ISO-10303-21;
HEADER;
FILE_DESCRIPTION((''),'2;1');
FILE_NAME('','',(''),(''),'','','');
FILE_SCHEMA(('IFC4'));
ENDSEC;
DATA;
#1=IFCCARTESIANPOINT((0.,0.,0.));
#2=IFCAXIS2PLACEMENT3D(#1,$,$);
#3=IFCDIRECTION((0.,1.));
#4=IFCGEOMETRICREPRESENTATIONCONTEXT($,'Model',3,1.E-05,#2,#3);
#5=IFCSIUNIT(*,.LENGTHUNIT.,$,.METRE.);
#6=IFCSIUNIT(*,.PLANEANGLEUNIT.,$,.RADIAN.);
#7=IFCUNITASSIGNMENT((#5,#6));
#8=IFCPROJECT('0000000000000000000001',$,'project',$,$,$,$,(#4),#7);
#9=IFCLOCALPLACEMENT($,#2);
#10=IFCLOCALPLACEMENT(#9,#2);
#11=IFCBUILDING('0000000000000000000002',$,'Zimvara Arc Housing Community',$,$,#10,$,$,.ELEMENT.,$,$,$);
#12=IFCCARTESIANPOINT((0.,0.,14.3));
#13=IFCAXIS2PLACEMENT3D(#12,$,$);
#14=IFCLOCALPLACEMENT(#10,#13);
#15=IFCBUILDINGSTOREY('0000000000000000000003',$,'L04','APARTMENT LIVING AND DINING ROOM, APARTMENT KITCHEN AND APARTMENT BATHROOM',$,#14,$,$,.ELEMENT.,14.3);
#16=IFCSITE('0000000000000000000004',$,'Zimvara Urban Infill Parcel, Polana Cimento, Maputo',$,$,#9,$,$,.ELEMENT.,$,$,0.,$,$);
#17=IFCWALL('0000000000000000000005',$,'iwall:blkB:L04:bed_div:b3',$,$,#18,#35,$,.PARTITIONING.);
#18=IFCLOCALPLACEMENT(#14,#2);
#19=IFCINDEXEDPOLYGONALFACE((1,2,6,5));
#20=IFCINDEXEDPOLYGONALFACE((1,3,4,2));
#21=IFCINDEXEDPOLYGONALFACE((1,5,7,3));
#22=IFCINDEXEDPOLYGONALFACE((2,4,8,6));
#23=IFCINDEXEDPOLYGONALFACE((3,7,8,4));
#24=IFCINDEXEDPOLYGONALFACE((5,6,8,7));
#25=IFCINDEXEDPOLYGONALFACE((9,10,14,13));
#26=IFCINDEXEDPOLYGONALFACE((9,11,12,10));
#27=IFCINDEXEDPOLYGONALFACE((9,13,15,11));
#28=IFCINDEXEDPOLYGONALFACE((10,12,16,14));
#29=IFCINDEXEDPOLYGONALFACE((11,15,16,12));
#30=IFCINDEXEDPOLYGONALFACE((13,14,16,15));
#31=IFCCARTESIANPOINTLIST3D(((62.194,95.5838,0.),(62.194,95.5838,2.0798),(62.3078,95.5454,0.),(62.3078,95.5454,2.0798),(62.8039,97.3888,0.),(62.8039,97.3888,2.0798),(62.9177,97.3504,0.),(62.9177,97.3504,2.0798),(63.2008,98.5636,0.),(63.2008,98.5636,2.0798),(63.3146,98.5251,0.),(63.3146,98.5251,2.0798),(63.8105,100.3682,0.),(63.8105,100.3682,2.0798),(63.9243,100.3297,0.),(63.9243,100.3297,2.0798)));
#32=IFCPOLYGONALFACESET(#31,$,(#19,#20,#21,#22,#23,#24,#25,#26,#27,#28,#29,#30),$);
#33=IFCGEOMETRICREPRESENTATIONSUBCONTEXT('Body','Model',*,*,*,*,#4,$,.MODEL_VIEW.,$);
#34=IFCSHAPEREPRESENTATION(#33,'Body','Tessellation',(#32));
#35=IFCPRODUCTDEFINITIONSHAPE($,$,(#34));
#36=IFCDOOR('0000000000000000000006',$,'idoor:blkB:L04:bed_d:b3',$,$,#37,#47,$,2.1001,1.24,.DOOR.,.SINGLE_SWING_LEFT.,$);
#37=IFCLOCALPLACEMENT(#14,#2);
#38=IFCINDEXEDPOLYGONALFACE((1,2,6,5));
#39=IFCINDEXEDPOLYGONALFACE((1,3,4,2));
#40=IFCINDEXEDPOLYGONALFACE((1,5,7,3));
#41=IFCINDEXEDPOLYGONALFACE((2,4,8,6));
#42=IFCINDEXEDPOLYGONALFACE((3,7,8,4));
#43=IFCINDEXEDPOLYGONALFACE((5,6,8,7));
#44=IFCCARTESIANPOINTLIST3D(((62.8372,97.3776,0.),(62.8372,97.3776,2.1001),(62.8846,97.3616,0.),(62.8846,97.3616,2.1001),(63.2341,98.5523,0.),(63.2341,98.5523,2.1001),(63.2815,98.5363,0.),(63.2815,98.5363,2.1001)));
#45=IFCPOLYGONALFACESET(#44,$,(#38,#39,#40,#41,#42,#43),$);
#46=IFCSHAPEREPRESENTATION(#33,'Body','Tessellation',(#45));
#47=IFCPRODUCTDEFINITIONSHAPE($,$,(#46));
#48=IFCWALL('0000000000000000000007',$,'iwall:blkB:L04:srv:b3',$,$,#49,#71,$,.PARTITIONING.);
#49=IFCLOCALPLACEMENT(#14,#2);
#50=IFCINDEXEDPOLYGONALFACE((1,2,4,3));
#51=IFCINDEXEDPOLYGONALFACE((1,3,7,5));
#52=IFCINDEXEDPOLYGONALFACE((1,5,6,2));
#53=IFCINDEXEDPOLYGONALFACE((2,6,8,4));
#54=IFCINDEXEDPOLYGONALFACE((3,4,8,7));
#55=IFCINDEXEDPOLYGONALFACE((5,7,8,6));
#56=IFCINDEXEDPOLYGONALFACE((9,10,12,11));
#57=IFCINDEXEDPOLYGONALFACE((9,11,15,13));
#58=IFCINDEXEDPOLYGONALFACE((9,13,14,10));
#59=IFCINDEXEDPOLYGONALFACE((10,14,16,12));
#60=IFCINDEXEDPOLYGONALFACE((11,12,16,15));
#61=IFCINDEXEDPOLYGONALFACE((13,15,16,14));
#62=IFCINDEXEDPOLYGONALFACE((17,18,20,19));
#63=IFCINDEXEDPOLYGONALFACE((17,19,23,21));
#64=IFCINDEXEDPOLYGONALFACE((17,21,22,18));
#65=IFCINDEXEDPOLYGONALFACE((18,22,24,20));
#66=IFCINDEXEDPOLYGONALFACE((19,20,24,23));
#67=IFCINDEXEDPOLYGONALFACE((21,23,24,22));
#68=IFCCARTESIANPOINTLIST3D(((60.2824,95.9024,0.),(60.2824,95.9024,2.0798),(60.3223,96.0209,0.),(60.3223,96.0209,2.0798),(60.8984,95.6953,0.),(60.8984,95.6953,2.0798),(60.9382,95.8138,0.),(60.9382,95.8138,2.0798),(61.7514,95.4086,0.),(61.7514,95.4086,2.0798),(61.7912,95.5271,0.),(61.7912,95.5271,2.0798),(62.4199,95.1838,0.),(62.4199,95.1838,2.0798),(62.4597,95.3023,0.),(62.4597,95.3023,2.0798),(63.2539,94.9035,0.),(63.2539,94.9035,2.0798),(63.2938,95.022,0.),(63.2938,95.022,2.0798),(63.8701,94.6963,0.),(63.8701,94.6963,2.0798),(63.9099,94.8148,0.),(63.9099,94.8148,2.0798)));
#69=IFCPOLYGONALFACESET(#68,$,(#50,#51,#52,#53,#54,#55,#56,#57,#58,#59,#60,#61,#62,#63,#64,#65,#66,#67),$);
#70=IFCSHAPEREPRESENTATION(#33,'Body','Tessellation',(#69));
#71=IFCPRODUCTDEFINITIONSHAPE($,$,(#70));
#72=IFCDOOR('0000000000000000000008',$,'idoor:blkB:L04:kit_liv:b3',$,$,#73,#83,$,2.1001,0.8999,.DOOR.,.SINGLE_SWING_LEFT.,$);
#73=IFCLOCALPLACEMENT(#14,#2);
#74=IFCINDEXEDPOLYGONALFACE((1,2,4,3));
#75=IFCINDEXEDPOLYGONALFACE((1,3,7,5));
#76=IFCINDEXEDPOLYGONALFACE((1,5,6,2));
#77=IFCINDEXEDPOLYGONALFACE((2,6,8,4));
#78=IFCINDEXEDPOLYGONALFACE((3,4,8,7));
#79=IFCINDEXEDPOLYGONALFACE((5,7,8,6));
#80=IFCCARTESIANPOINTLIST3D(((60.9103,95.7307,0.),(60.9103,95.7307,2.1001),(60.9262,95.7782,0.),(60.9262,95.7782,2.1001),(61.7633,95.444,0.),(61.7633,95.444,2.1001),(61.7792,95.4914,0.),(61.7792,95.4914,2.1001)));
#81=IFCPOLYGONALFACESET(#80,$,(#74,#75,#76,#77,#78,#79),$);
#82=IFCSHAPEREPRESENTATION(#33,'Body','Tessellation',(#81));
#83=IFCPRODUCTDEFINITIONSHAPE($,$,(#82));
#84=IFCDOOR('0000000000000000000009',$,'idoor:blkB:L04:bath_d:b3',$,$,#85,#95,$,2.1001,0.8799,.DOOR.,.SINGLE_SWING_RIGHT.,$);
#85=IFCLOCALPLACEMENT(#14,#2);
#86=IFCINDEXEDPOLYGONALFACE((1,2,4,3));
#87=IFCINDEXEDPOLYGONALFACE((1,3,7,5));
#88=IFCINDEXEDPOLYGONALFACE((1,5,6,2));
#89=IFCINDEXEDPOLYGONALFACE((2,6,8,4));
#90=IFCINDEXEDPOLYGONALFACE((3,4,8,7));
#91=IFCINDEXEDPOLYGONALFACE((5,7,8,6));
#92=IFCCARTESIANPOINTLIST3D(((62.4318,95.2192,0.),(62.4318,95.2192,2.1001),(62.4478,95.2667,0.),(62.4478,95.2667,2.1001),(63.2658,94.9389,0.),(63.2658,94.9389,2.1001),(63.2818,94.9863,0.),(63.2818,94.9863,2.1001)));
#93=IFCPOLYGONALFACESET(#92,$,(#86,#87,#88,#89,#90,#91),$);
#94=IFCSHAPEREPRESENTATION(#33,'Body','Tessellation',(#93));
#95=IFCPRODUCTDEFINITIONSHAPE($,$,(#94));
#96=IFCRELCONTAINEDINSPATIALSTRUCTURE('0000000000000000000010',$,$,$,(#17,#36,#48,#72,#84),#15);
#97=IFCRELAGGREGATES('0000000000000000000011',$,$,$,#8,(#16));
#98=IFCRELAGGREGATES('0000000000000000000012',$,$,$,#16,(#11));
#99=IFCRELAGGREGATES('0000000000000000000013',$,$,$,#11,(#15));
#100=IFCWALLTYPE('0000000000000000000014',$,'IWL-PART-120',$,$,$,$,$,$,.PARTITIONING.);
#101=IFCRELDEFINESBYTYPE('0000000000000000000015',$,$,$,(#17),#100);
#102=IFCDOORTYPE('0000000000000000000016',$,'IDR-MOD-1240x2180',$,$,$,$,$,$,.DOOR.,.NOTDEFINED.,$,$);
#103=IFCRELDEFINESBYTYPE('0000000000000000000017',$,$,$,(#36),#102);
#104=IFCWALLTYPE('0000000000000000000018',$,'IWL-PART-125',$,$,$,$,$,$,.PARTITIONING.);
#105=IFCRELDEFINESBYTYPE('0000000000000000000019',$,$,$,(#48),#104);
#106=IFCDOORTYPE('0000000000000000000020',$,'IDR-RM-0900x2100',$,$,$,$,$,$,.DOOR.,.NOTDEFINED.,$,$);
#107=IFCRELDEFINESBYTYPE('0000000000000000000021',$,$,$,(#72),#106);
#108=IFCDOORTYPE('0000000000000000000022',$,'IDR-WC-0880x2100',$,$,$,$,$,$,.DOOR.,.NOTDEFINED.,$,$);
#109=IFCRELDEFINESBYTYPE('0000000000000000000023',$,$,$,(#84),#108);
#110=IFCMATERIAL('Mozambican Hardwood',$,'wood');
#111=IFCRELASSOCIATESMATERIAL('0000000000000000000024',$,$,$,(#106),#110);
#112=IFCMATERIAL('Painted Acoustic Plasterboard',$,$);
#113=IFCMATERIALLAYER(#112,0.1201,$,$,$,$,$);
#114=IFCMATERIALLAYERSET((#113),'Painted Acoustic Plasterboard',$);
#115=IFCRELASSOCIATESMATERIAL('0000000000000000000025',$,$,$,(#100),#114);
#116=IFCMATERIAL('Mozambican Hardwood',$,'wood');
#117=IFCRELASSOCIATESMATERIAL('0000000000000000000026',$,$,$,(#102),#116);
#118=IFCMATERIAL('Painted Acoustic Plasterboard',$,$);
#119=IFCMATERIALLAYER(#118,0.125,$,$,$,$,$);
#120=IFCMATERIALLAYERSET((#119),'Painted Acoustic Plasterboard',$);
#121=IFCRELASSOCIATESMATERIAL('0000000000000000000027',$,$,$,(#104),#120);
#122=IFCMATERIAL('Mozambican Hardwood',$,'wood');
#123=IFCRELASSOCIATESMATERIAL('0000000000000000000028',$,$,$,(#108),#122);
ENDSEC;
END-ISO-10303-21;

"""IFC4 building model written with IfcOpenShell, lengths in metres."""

from ifc_helpers import new_model, si_unit, direction, frame, frame_2d, origin, place, context, subcontext, project, spatial, rectangle, extrude, material, layer, layer_set, type_object, element, fill, save


model = new_model("IFC4")

# Units and contexts
model_context = context("Model", 3, precision=1e-05, world=origin(), true_north=direction((0.0, 1.0)))
body_context = subcontext(model_context, "Body", "Model", "MODEL_VIEW")
ifc_project = project(units=[si_unit("LENGTHUNIT", "METRE"), si_unit("PLANEANGLEUNIT", "RADIAN")], contexts=[model_context])

# Site, building, storey
site_placement = place(None, origin())
site = spatial("IfcSite", under=ifc_project, at=site_placement, Name="Zimvara Urban Infill Parcel, Polana Cimento, Maputo", CompositionType="ELEMENT", RefElevation=0.0)
building_placement = place(site_placement, origin())
building = spatial("IfcBuilding", under=site, at=building_placement, Name="Zimvara Arc Housing Community", CompositionType="ELEMENT")
storey_placement = place(building_placement, frame((0.0, 0.0, 14.3)))
storey = spatial("IfcBuildingStorey", under=building, at=storey_placement, Name="L04", Description="APARTMENT LIVING AND DINING ROOM, APARTMENT KITCHEN AND APARTMENT BATHROOM", CompositionType="ELEMENT", Elevation=14.3)

# Wall, opening, door
ifc_material_1 = material(Name="Mozambican Hardwood", Category="wood")
door_type_1 = type_object("IfcDoorType", Name="IDR-RM-0900x2100", OperationType="NOTDEFINED", PredefinedType="DOOR", material=ifc_material_1)
ifc_material_2 = material(Name="Painted Acoustic Plasterboard")
ifc_layer_1 = layer(ifc_material_2, 0.1201)
ifc_layer_set_1 = layer_set([ifc_layer_1], Name="Painted Acoustic Plasterboard")
wall_type_1 = type_object("IfcWallType", Name="IWL-PART-120", PredefinedType="PARTITIONING", material=ifc_layer_set_1)
wall_1_placement = place(storey_placement, frame((62.251, 95.5647, 0.0), z_axis=(0.0, 0.0, 1.0), x_axis=(0.320083, 0.94739, 0.0)))
wall_1 = element("IfcWall", 1, at=wall_1_placement, inside=storey, type_object=wall_type_1, Name="iwall:blkB:L04:bed_div:b3", PredefinedType="PARTITIONING", context=body_context, shape_type="SweptSolid", body=[
    extrude(rectangle(XDim=5.05, YDim=0.1201, at=frame_2d((2.5249, 0.0))), origin(), (0.0, 0.0, 1.0), 2.0798),
])
opening_1_placement = place(wall_1_placement, frame((1.905, 0.0, 0.0)))
opening_1 = element("IfcOpeningElement", 2, at=opening_1_placement, cuts=wall_1, PredefinedType="OPENING", context=body_context, shape_type="SweptSolid", body=[
    extrude(rectangle(XDim=1.24, YDim=2.1001, at=frame_2d((0.6201, 1.05))), frame((0.0, 0.0701, 0.0), z_axis=(0.0, -1.0, 0.0), x_axis=(1.0, 0.0, 0.0)), (0.0, 0.0, 1.0), 0.1401),
])
ifc_material_3 = material(Name="Mozambican Hardwood", Category="wood")
door_type_2 = type_object("IfcDoorType", Name="IDR-MOD-1240x2180", OperationType="NOTDEFINED", PredefinedType="DOOR", material=ifc_material_3)
door_1_placement = place(opening_1_placement, origin())
door_1 = element("IfcDoor", 3, at=door_1_placement, inside=storey, type_object=door_type_2, Name="idoor:blkB:L04:bed_d:b3", OperationType="SINGLE_SWING_LEFT", OverallHeight=2.1001, OverallWidth=1.24, PredefinedType="DOOR", context=body_context, shape_type="SweptSolid", body=[
    extrude(rectangle(XDim=1.24, YDim=2.1001, at=frame_2d((0.6201, 1.05))), frame((0.0, 0.0249, 0.0), z_axis=(0.0, -1.0, 0.0), x_axis=(1.0, 0.0, 0.0)), (0.0, 0.0, 1.0), 0.05),
])
fill(opening_1, door_1)

# Wall, openings, doors
ifc_material_4 = material(Name="Painted Acoustic Plasterboard")
ifc_layer_2 = layer(ifc_material_4, 0.125)
ifc_layer_set_2 = layer_set([ifc_layer_2], Name="Painted Acoustic Plasterboard")
wall_type_2 = type_object("IfcWallType", Name="IWL-PART-125", PredefinedType="PARTITIONING", material=ifc_layer_set_2)
wall_2_placement = place(storey_placement, frame((60.3022, 95.9617, 0.0), z_axis=(0.0, 0.0, 1.0), x_axis=(0.947874, -0.318646, 0.0)))
wall_2 = element("IfcWall", 4, at=wall_2_placement, inside=storey, type_object=wall_type_2, Name="iwall:blkB:L04:srv:b3", PredefinedType="PARTITIONING", context=body_context, shape_type="SweptSolid", body=[
    extrude(rectangle(XDim=3.7849, YDim=0.125, at=frame_2d((1.8926, 0.0))), origin(), (0.0, 0.0, 1.0), 2.0798),
])
opening_2_placement = place(wall_2_placement, frame((0.6499, 0.0, 0.0)))
opening_2 = element("IfcOpeningElement", 5, at=opening_2_placement, cuts=wall_2, PredefinedType="OPENING", context=body_context, shape_type="SweptSolid", body=[
    extrude(rectangle(XDim=0.8999, YDim=2.1001, at=frame_2d((0.45, 1.05))), frame((0.0, 0.0725, 0.0), z_axis=(0.0, -1.0, 0.0), x_axis=(1.0, 0.0, 0.0)), (0.0, 0.0, 1.0), 0.145),
])
opening_3_placement = place(wall_2_placement, frame((2.2551, 0.0, 0.0)))
opening_3 = element("IfcOpeningElement", 6, at=opening_3_placement, cuts=wall_2, PredefinedType="OPENING", context=body_context, shape_type="SweptSolid", body=[
    extrude(rectangle(XDim=0.8799, YDim=2.1001, at=frame_2d((0.4399, 1.05))), frame((0.0, 0.0725, 0.0), z_axis=(0.0, -1.0, 0.0), x_axis=(1.0, 0.0, 0.0)), (0.0, 0.0, 1.0), 0.145),
])
door_2_placement = place(opening_2_placement, origin())
door_2 = element("IfcDoor", 7, at=door_2_placement, inside=storey, type_object=door_type_1, Name="idoor:blkB:L04:kit_liv:b3", OperationType="SINGLE_SWING_LEFT", OverallHeight=2.1001, OverallWidth=0.8999, PredefinedType="DOOR", context=body_context, shape_type="SweptSolid", body=[
    extrude(rectangle(XDim=0.8999, YDim=2.1001, at=frame_2d((0.45, 1.05))), frame((0.0, 0.0249, 0.0), z_axis=(0.0, -1.0, 0.0), x_axis=(1.0, 0.0, 0.0)), (0.0, 0.0, 1.0), 0.05),
])
fill(opening_2, door_2)
ifc_material_5 = material(Name="Mozambican Hardwood", Category="wood")
door_type_3 = type_object("IfcDoorType", Name="IDR-WC-0880x2100", OperationType="NOTDEFINED", PredefinedType="DOOR", material=ifc_material_5)
door_3_placement = place(opening_3_placement, origin())
door_3 = element("IfcDoor", 8, at=door_3_placement, inside=storey, type_object=door_type_3, Name="idoor:blkB:L04:bath_d:b3", OperationType="SINGLE_SWING_RIGHT", OverallHeight=2.1001, OverallWidth=0.8799, PredefinedType="DOOR", context=body_context, shape_type="SweptSolid", body=[
    extrude(rectangle(XDim=0.8799, YDim=2.1001, at=frame_2d((0.4399, 1.05))), frame((0.0, 0.0249, 0.0), z_axis=(0.0, -1.0, 0.0), x_axis=(1.0, 0.0, 0.0)), (0.0, 0.0, 1.0), 0.05),
])
fill(opening_3, door_3)

save(model, "model.ifc")
